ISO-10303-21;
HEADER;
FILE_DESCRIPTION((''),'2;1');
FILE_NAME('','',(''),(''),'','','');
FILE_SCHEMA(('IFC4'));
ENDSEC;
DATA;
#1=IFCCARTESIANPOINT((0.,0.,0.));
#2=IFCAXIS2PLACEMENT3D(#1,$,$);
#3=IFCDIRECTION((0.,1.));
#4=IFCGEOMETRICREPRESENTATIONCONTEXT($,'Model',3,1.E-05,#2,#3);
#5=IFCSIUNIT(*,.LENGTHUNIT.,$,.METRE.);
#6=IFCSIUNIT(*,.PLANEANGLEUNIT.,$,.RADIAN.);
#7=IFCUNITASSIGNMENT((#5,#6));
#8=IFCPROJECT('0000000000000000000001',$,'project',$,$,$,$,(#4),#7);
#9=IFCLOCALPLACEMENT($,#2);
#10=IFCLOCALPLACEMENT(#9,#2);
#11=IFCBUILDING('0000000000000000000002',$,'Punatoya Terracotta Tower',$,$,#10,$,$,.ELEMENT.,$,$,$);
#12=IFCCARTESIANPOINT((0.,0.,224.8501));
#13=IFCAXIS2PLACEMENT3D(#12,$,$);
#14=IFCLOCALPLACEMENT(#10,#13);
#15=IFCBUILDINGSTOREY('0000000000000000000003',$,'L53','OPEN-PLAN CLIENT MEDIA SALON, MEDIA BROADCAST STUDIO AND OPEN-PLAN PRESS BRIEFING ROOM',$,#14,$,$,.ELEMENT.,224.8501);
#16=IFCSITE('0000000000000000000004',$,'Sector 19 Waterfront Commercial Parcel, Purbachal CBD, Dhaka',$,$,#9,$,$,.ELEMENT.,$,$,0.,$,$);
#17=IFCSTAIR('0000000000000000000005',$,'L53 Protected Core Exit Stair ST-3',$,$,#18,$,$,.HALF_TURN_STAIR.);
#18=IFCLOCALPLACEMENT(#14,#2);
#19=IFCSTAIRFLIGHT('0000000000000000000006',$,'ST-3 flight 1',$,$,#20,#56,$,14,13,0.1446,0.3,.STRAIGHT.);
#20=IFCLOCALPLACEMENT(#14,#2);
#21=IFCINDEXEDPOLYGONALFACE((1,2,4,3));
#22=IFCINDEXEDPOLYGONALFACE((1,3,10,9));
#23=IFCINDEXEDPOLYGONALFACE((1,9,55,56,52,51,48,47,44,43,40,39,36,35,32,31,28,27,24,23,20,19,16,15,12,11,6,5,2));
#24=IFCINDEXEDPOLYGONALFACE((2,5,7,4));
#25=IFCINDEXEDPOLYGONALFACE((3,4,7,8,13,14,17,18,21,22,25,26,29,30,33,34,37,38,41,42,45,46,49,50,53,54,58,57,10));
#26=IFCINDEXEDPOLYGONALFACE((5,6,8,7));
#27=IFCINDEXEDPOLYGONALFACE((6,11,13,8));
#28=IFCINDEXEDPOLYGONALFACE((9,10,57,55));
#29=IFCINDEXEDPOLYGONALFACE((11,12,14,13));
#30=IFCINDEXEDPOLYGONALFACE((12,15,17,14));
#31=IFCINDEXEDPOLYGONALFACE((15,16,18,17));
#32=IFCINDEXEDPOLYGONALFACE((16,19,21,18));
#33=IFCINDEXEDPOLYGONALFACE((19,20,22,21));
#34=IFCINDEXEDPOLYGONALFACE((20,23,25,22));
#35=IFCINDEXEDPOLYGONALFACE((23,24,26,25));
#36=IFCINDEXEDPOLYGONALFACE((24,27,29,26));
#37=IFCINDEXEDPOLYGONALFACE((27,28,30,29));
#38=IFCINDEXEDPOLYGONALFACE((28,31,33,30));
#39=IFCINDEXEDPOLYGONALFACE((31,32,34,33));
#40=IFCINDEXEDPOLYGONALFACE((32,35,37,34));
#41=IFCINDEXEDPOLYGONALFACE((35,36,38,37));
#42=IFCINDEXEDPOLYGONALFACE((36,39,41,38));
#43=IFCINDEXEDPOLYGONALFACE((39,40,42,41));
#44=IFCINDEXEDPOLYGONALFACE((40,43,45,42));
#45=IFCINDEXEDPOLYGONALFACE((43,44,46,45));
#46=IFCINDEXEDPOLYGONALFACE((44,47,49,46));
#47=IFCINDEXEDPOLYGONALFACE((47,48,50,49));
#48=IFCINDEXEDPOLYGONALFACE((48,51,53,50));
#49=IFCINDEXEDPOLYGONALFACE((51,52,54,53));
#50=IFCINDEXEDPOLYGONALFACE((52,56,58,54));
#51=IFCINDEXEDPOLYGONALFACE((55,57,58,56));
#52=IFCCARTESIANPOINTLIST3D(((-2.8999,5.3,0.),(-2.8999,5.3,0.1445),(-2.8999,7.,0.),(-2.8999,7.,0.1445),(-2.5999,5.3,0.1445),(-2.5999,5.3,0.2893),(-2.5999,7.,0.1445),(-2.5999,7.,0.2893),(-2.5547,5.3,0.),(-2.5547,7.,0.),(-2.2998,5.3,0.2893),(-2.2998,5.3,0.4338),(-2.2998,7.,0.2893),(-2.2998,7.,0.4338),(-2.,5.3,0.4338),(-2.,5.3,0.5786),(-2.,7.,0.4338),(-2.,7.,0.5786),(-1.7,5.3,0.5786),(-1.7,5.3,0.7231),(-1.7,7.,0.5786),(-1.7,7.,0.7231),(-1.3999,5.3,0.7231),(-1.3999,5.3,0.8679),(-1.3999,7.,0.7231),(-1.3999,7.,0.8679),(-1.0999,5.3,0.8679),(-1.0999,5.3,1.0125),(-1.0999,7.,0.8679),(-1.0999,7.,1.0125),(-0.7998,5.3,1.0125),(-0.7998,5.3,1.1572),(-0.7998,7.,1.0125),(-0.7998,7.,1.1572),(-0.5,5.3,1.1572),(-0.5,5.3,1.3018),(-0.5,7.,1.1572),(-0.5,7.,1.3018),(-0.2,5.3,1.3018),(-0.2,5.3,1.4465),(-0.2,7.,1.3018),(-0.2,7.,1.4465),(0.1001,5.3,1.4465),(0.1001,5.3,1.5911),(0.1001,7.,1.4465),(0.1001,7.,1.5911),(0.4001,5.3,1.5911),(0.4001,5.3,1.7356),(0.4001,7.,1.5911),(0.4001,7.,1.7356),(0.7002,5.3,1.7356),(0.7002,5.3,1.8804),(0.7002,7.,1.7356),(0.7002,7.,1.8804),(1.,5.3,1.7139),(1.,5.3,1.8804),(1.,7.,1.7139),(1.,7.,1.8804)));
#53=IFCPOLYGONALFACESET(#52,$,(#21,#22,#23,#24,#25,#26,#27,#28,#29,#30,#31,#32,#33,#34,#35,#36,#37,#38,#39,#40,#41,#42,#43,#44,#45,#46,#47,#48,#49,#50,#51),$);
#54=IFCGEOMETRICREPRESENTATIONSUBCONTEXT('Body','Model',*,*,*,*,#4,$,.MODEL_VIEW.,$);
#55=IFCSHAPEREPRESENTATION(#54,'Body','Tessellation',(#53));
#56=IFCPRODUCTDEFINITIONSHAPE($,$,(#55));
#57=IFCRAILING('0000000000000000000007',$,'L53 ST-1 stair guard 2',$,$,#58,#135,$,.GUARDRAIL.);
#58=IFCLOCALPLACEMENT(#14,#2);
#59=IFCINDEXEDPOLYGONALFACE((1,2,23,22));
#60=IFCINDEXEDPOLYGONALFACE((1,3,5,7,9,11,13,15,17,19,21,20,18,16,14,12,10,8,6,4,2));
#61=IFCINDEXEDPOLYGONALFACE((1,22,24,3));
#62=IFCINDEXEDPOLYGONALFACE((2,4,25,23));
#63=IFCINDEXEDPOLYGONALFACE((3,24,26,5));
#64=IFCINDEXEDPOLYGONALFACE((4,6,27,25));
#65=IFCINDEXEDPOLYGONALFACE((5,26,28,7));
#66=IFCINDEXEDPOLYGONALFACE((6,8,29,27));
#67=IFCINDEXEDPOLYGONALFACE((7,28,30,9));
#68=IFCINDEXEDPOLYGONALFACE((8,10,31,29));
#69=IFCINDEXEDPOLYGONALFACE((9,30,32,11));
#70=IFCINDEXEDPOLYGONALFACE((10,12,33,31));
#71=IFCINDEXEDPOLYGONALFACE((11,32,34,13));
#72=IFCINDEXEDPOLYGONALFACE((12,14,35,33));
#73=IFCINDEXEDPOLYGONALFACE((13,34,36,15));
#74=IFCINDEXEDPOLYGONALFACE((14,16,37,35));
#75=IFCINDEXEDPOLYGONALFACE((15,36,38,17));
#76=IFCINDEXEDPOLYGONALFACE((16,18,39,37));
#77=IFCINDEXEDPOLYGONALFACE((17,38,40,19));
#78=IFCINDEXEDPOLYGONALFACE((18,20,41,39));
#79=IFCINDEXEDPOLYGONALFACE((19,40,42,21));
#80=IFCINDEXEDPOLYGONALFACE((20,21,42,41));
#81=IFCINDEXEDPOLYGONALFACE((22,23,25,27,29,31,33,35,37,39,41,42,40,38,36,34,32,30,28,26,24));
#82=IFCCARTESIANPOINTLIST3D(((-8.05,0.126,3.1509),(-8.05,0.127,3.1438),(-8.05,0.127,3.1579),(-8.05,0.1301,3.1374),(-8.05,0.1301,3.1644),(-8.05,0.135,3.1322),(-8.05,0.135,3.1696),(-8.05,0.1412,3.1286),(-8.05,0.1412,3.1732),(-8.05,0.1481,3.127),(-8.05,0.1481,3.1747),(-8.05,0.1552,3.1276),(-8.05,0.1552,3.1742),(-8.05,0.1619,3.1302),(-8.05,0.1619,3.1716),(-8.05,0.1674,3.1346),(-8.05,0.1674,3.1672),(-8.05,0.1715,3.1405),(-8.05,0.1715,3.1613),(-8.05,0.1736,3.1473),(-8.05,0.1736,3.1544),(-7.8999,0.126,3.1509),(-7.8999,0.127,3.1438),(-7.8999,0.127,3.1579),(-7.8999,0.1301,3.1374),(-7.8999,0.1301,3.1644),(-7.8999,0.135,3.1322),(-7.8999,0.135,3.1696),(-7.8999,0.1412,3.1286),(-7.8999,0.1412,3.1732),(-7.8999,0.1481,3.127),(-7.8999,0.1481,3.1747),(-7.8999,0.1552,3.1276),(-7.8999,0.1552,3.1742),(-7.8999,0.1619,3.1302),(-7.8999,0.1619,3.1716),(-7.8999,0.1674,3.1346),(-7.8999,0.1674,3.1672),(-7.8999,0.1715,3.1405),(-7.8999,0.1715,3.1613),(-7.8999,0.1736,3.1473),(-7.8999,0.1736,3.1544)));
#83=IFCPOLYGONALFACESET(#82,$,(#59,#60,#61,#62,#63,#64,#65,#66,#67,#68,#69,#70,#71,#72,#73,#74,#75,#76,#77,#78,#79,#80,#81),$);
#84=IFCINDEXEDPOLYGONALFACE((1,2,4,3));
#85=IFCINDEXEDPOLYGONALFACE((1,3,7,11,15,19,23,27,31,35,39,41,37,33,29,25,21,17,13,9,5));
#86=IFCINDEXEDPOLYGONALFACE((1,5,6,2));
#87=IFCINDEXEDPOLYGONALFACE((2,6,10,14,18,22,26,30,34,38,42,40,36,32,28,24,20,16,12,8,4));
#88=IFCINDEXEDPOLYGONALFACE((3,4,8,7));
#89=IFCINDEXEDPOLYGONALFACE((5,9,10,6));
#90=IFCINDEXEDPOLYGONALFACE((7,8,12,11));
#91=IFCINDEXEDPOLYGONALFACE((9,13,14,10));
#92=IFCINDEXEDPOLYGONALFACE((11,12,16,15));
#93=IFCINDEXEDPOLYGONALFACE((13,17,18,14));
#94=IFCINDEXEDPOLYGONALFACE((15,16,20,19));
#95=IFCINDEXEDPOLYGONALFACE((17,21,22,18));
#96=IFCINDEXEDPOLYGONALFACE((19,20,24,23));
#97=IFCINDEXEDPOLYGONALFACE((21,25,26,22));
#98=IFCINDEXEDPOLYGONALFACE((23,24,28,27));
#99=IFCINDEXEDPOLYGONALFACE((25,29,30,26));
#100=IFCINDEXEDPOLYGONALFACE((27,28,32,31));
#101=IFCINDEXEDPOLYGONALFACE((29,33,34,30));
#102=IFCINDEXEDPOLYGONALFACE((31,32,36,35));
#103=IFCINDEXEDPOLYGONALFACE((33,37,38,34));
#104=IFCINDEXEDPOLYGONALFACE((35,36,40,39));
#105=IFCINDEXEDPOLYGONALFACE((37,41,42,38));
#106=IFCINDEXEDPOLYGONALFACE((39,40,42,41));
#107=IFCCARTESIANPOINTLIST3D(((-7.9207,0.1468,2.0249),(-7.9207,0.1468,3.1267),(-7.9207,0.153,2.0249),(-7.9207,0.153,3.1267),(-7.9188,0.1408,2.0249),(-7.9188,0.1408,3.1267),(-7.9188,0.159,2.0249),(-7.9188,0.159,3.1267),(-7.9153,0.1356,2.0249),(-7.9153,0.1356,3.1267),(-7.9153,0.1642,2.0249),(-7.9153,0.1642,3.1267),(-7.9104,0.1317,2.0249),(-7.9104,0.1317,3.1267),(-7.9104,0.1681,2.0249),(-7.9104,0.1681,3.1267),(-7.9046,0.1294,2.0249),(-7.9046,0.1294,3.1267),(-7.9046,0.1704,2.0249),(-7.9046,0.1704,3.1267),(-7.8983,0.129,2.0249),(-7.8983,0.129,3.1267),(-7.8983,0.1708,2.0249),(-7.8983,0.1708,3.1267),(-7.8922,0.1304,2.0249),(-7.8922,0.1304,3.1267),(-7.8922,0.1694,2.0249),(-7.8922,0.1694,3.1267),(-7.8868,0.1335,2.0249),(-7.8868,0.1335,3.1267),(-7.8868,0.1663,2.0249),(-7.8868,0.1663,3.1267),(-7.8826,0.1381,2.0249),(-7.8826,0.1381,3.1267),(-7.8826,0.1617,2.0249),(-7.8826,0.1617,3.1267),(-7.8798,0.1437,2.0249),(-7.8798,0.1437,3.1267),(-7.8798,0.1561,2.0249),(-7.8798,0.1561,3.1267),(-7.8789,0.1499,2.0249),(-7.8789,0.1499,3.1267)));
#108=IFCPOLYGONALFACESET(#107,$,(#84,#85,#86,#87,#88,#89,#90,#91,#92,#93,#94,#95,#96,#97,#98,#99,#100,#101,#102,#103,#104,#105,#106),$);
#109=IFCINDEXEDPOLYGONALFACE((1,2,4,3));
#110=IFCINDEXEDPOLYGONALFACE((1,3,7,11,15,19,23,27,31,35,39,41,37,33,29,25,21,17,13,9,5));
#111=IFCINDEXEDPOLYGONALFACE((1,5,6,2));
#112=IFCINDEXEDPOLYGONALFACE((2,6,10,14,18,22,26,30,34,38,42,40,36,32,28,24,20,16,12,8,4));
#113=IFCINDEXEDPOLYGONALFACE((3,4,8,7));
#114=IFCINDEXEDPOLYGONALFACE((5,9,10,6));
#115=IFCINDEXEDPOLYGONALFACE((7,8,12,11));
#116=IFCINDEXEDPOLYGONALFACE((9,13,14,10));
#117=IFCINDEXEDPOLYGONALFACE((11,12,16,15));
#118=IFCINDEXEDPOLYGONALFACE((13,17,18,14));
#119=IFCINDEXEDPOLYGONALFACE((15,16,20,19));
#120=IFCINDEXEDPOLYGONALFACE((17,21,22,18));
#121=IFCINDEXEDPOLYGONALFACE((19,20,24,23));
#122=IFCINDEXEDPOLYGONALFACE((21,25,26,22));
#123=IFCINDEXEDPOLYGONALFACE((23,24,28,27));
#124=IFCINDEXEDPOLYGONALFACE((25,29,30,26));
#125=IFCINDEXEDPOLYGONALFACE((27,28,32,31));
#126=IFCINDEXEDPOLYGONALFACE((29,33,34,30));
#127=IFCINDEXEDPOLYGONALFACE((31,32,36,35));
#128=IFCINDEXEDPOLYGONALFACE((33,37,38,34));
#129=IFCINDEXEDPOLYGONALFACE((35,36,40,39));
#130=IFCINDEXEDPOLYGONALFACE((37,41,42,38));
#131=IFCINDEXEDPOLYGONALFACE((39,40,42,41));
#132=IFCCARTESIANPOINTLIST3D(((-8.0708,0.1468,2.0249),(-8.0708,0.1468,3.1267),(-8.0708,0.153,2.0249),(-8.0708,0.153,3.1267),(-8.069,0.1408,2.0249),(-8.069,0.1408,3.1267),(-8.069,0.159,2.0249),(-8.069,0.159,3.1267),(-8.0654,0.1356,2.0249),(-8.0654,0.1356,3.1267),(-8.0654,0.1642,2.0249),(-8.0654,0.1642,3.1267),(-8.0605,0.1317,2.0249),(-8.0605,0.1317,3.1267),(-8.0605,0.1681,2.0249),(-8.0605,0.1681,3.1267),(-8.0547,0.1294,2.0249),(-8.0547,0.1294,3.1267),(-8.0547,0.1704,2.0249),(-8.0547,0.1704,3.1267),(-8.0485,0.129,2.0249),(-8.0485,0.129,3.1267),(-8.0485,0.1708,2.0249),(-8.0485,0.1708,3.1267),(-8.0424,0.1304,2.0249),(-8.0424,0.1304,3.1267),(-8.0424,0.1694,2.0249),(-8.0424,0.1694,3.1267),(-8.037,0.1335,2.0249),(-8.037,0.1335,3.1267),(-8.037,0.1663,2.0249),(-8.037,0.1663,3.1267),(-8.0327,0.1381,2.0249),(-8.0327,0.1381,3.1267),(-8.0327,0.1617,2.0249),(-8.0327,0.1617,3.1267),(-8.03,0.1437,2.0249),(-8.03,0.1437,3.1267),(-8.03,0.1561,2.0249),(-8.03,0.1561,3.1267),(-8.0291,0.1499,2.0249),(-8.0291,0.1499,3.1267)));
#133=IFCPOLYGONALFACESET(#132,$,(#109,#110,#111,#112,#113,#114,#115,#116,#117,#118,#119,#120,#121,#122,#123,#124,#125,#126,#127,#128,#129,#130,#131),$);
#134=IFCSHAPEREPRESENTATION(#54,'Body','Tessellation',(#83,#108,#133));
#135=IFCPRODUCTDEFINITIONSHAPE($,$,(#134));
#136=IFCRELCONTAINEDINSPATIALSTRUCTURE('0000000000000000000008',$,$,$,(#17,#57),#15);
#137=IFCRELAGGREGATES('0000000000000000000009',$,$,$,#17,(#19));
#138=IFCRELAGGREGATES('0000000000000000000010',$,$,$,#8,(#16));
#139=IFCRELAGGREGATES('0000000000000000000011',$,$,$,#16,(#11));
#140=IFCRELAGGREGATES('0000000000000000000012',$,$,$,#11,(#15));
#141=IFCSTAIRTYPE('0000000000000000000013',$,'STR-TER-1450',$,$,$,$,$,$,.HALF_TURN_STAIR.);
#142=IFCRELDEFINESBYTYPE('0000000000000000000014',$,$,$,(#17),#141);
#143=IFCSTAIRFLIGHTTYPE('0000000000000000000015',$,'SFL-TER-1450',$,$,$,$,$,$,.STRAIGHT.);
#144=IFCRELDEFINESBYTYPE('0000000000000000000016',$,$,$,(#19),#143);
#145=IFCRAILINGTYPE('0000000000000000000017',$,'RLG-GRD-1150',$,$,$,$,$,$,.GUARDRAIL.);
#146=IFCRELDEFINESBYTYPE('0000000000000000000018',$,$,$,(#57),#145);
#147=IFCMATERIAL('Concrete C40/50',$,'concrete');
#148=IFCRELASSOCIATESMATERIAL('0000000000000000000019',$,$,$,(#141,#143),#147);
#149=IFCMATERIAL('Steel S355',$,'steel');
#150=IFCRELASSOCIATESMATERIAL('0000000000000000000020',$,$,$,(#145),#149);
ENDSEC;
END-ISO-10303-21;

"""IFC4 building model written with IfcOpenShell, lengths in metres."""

from ifc_helpers import new_model, si_unit, direction, frame, origin, origin_2d, place, context, subcontext, project, spatial, polyline, circle, outline, extrude, material, type_object, element, aggregate, save


model = new_model("IFC4")

# Units and contexts
model_context = context("Model", 3, precision=1e-05, world=origin(), true_north=direction((0.0, 1.0)))
body_context = subcontext(model_context, "Body", "Model", "MODEL_VIEW")
ifc_project = project(units=[si_unit("LENGTHUNIT", "METRE"), si_unit("PLANEANGLEUNIT", "RADIAN")], contexts=[model_context])

# Site, building, storey
site_placement = place(None, origin())
site = spatial("IfcSite", under=ifc_project, at=site_placement, Name="Sector 19 Waterfront Commercial Parcel, Purbachal CBD, Dhaka", CompositionType="ELEMENT", RefElevation=0.0)
building_placement = place(site_placement, origin())
building = spatial("IfcBuilding", under=site, at=building_placement, Name="Punatoya Terracotta Tower", CompositionType="ELEMENT")
storey_placement = place(building_placement, frame((0.0, 0.0, 224.8501)))
storey = spatial("IfcBuildingStorey", under=building, at=storey_placement, Name="L53", Description="OPEN-PLAN CLIENT MEDIA SALON, MEDIA BROADCAST STUDIO AND OPEN-PLAN PRESS BRIEFING ROOM", CompositionType="ELEMENT", Elevation=224.8501)

# Shared definitions
ifc_material_1 = material(Name="Steel S355", Category="steel")

# Shared definitions
ifc_material_2 = material(Name="Concrete C40/50", Category="concrete")

# Stair, stair flight
stair_type_1 = type_object("IfcStairType", Name="STR-TER-1450", PredefinedType="HALF_TURN_STAIR", material=ifc_material_2)
stair_1_placement = place(storey_placement, origin())
stair_1 = element("IfcStair", 1, at=stair_1_placement, inside=storey, type_object=stair_type_1, Name="L53 Protected Core Exit Stair ST-3", PredefinedType="HALF_TURN_STAIR")
stair_flight_type_1 = type_object("IfcStairFlightType", Name="SFL-TER-1450", PredefinedType="STRAIGHT", material=ifc_material_2)
stair_flight_1_placement = place(storey_placement, frame((-2.8999, 6.1499, 0.0), z_axis=(0.0, 0.0, 1.0), x_axis=(1.0, 0.0, 0.0)))
stair_flight_1 = element("IfcStairFlight", 2, at=stair_flight_1_placement, type_object=stair_flight_type_1, Name="ST-3 flight 1", NumberOfRisers=14, NumberOfTreads=13, PredefinedType="STRAIGHT", RiserHeight=0.1446, TreadLength=0.3, context=body_context, shape_type="SweptSolid", body=[
    extrude(outline(polyline([(0.0, 0.0), (0.0, 0.1445), (0.3, 0.1445), (0.3, 0.2893), (0.6001, 0.2893), (0.6001, 0.4338), (0.8999, 0.4338), (0.8999, 0.5786), (1.2, 0.5786), (1.2, 0.7231), (1.5, 0.7231), (1.5, 0.8679), (1.8, 0.8679), (1.8, 1.0125), (2.1001, 1.0125), (2.1001, 1.1572), (2.3999, 1.1572), (2.3999, 1.3018), (2.7, 1.3018), (2.7, 1.4465), (3.0, 1.4465), (3.0, 1.5911), (3.3, 1.5911), (3.3, 1.7356), (3.6001, 1.7356), (3.6001, 1.8804), (3.8999, 1.8804), (3.8999, 2.0249), (3.8999, 1.7139), (0.3452, 0.0), (0.0, 0.0)])), frame((0.0, 0.8501, 0.0), z_axis=(0.0, -1.0, 0.0), x_axis=(1.0, 0.0, 0.0)), (0.0, 0.0, 1.0), 1.7),
])
aggregate(stair_1, [stair_flight_1])

# Railing
railing_type_1 = type_object("IfcRailingType", Name="RLG-GRD-1150", PredefinedType="GUARDRAIL", material=ifc_material_1)
railing_1_placement = place(storey_placement, frame((-7.8999, 0.1499, 2.0249)))
element("IfcRailing", 3, at=railing_1_placement, inside=storey, type_object=railing_type_1, Name="L53 ST-1 stair guard 2", PredefinedType="GUARDRAIL", context=body_context, shape_type="SweptSolid", body=[
    extrude(circle(Radius=0.0239, at=origin_2d()), frame((0.0, 0.0, 1.126), z_axis=(-1.0, 0.0, 0.0), x_axis=(0.0, -1.0, 0.0)), (0.0, 0.0, 1.0), 0.1501),
    extrude(circle(Radius=0.021, at=origin_2d()), origin(), (0.0, 0.0, 1.0), 1.1018),
    extrude(circle(Radius=0.021, at=origin_2d()), frame((-0.1501, 0.0, 0.0)), (0.0, 0.0, 1.0), 1.1018),
])

save(model, "model.ifc")
